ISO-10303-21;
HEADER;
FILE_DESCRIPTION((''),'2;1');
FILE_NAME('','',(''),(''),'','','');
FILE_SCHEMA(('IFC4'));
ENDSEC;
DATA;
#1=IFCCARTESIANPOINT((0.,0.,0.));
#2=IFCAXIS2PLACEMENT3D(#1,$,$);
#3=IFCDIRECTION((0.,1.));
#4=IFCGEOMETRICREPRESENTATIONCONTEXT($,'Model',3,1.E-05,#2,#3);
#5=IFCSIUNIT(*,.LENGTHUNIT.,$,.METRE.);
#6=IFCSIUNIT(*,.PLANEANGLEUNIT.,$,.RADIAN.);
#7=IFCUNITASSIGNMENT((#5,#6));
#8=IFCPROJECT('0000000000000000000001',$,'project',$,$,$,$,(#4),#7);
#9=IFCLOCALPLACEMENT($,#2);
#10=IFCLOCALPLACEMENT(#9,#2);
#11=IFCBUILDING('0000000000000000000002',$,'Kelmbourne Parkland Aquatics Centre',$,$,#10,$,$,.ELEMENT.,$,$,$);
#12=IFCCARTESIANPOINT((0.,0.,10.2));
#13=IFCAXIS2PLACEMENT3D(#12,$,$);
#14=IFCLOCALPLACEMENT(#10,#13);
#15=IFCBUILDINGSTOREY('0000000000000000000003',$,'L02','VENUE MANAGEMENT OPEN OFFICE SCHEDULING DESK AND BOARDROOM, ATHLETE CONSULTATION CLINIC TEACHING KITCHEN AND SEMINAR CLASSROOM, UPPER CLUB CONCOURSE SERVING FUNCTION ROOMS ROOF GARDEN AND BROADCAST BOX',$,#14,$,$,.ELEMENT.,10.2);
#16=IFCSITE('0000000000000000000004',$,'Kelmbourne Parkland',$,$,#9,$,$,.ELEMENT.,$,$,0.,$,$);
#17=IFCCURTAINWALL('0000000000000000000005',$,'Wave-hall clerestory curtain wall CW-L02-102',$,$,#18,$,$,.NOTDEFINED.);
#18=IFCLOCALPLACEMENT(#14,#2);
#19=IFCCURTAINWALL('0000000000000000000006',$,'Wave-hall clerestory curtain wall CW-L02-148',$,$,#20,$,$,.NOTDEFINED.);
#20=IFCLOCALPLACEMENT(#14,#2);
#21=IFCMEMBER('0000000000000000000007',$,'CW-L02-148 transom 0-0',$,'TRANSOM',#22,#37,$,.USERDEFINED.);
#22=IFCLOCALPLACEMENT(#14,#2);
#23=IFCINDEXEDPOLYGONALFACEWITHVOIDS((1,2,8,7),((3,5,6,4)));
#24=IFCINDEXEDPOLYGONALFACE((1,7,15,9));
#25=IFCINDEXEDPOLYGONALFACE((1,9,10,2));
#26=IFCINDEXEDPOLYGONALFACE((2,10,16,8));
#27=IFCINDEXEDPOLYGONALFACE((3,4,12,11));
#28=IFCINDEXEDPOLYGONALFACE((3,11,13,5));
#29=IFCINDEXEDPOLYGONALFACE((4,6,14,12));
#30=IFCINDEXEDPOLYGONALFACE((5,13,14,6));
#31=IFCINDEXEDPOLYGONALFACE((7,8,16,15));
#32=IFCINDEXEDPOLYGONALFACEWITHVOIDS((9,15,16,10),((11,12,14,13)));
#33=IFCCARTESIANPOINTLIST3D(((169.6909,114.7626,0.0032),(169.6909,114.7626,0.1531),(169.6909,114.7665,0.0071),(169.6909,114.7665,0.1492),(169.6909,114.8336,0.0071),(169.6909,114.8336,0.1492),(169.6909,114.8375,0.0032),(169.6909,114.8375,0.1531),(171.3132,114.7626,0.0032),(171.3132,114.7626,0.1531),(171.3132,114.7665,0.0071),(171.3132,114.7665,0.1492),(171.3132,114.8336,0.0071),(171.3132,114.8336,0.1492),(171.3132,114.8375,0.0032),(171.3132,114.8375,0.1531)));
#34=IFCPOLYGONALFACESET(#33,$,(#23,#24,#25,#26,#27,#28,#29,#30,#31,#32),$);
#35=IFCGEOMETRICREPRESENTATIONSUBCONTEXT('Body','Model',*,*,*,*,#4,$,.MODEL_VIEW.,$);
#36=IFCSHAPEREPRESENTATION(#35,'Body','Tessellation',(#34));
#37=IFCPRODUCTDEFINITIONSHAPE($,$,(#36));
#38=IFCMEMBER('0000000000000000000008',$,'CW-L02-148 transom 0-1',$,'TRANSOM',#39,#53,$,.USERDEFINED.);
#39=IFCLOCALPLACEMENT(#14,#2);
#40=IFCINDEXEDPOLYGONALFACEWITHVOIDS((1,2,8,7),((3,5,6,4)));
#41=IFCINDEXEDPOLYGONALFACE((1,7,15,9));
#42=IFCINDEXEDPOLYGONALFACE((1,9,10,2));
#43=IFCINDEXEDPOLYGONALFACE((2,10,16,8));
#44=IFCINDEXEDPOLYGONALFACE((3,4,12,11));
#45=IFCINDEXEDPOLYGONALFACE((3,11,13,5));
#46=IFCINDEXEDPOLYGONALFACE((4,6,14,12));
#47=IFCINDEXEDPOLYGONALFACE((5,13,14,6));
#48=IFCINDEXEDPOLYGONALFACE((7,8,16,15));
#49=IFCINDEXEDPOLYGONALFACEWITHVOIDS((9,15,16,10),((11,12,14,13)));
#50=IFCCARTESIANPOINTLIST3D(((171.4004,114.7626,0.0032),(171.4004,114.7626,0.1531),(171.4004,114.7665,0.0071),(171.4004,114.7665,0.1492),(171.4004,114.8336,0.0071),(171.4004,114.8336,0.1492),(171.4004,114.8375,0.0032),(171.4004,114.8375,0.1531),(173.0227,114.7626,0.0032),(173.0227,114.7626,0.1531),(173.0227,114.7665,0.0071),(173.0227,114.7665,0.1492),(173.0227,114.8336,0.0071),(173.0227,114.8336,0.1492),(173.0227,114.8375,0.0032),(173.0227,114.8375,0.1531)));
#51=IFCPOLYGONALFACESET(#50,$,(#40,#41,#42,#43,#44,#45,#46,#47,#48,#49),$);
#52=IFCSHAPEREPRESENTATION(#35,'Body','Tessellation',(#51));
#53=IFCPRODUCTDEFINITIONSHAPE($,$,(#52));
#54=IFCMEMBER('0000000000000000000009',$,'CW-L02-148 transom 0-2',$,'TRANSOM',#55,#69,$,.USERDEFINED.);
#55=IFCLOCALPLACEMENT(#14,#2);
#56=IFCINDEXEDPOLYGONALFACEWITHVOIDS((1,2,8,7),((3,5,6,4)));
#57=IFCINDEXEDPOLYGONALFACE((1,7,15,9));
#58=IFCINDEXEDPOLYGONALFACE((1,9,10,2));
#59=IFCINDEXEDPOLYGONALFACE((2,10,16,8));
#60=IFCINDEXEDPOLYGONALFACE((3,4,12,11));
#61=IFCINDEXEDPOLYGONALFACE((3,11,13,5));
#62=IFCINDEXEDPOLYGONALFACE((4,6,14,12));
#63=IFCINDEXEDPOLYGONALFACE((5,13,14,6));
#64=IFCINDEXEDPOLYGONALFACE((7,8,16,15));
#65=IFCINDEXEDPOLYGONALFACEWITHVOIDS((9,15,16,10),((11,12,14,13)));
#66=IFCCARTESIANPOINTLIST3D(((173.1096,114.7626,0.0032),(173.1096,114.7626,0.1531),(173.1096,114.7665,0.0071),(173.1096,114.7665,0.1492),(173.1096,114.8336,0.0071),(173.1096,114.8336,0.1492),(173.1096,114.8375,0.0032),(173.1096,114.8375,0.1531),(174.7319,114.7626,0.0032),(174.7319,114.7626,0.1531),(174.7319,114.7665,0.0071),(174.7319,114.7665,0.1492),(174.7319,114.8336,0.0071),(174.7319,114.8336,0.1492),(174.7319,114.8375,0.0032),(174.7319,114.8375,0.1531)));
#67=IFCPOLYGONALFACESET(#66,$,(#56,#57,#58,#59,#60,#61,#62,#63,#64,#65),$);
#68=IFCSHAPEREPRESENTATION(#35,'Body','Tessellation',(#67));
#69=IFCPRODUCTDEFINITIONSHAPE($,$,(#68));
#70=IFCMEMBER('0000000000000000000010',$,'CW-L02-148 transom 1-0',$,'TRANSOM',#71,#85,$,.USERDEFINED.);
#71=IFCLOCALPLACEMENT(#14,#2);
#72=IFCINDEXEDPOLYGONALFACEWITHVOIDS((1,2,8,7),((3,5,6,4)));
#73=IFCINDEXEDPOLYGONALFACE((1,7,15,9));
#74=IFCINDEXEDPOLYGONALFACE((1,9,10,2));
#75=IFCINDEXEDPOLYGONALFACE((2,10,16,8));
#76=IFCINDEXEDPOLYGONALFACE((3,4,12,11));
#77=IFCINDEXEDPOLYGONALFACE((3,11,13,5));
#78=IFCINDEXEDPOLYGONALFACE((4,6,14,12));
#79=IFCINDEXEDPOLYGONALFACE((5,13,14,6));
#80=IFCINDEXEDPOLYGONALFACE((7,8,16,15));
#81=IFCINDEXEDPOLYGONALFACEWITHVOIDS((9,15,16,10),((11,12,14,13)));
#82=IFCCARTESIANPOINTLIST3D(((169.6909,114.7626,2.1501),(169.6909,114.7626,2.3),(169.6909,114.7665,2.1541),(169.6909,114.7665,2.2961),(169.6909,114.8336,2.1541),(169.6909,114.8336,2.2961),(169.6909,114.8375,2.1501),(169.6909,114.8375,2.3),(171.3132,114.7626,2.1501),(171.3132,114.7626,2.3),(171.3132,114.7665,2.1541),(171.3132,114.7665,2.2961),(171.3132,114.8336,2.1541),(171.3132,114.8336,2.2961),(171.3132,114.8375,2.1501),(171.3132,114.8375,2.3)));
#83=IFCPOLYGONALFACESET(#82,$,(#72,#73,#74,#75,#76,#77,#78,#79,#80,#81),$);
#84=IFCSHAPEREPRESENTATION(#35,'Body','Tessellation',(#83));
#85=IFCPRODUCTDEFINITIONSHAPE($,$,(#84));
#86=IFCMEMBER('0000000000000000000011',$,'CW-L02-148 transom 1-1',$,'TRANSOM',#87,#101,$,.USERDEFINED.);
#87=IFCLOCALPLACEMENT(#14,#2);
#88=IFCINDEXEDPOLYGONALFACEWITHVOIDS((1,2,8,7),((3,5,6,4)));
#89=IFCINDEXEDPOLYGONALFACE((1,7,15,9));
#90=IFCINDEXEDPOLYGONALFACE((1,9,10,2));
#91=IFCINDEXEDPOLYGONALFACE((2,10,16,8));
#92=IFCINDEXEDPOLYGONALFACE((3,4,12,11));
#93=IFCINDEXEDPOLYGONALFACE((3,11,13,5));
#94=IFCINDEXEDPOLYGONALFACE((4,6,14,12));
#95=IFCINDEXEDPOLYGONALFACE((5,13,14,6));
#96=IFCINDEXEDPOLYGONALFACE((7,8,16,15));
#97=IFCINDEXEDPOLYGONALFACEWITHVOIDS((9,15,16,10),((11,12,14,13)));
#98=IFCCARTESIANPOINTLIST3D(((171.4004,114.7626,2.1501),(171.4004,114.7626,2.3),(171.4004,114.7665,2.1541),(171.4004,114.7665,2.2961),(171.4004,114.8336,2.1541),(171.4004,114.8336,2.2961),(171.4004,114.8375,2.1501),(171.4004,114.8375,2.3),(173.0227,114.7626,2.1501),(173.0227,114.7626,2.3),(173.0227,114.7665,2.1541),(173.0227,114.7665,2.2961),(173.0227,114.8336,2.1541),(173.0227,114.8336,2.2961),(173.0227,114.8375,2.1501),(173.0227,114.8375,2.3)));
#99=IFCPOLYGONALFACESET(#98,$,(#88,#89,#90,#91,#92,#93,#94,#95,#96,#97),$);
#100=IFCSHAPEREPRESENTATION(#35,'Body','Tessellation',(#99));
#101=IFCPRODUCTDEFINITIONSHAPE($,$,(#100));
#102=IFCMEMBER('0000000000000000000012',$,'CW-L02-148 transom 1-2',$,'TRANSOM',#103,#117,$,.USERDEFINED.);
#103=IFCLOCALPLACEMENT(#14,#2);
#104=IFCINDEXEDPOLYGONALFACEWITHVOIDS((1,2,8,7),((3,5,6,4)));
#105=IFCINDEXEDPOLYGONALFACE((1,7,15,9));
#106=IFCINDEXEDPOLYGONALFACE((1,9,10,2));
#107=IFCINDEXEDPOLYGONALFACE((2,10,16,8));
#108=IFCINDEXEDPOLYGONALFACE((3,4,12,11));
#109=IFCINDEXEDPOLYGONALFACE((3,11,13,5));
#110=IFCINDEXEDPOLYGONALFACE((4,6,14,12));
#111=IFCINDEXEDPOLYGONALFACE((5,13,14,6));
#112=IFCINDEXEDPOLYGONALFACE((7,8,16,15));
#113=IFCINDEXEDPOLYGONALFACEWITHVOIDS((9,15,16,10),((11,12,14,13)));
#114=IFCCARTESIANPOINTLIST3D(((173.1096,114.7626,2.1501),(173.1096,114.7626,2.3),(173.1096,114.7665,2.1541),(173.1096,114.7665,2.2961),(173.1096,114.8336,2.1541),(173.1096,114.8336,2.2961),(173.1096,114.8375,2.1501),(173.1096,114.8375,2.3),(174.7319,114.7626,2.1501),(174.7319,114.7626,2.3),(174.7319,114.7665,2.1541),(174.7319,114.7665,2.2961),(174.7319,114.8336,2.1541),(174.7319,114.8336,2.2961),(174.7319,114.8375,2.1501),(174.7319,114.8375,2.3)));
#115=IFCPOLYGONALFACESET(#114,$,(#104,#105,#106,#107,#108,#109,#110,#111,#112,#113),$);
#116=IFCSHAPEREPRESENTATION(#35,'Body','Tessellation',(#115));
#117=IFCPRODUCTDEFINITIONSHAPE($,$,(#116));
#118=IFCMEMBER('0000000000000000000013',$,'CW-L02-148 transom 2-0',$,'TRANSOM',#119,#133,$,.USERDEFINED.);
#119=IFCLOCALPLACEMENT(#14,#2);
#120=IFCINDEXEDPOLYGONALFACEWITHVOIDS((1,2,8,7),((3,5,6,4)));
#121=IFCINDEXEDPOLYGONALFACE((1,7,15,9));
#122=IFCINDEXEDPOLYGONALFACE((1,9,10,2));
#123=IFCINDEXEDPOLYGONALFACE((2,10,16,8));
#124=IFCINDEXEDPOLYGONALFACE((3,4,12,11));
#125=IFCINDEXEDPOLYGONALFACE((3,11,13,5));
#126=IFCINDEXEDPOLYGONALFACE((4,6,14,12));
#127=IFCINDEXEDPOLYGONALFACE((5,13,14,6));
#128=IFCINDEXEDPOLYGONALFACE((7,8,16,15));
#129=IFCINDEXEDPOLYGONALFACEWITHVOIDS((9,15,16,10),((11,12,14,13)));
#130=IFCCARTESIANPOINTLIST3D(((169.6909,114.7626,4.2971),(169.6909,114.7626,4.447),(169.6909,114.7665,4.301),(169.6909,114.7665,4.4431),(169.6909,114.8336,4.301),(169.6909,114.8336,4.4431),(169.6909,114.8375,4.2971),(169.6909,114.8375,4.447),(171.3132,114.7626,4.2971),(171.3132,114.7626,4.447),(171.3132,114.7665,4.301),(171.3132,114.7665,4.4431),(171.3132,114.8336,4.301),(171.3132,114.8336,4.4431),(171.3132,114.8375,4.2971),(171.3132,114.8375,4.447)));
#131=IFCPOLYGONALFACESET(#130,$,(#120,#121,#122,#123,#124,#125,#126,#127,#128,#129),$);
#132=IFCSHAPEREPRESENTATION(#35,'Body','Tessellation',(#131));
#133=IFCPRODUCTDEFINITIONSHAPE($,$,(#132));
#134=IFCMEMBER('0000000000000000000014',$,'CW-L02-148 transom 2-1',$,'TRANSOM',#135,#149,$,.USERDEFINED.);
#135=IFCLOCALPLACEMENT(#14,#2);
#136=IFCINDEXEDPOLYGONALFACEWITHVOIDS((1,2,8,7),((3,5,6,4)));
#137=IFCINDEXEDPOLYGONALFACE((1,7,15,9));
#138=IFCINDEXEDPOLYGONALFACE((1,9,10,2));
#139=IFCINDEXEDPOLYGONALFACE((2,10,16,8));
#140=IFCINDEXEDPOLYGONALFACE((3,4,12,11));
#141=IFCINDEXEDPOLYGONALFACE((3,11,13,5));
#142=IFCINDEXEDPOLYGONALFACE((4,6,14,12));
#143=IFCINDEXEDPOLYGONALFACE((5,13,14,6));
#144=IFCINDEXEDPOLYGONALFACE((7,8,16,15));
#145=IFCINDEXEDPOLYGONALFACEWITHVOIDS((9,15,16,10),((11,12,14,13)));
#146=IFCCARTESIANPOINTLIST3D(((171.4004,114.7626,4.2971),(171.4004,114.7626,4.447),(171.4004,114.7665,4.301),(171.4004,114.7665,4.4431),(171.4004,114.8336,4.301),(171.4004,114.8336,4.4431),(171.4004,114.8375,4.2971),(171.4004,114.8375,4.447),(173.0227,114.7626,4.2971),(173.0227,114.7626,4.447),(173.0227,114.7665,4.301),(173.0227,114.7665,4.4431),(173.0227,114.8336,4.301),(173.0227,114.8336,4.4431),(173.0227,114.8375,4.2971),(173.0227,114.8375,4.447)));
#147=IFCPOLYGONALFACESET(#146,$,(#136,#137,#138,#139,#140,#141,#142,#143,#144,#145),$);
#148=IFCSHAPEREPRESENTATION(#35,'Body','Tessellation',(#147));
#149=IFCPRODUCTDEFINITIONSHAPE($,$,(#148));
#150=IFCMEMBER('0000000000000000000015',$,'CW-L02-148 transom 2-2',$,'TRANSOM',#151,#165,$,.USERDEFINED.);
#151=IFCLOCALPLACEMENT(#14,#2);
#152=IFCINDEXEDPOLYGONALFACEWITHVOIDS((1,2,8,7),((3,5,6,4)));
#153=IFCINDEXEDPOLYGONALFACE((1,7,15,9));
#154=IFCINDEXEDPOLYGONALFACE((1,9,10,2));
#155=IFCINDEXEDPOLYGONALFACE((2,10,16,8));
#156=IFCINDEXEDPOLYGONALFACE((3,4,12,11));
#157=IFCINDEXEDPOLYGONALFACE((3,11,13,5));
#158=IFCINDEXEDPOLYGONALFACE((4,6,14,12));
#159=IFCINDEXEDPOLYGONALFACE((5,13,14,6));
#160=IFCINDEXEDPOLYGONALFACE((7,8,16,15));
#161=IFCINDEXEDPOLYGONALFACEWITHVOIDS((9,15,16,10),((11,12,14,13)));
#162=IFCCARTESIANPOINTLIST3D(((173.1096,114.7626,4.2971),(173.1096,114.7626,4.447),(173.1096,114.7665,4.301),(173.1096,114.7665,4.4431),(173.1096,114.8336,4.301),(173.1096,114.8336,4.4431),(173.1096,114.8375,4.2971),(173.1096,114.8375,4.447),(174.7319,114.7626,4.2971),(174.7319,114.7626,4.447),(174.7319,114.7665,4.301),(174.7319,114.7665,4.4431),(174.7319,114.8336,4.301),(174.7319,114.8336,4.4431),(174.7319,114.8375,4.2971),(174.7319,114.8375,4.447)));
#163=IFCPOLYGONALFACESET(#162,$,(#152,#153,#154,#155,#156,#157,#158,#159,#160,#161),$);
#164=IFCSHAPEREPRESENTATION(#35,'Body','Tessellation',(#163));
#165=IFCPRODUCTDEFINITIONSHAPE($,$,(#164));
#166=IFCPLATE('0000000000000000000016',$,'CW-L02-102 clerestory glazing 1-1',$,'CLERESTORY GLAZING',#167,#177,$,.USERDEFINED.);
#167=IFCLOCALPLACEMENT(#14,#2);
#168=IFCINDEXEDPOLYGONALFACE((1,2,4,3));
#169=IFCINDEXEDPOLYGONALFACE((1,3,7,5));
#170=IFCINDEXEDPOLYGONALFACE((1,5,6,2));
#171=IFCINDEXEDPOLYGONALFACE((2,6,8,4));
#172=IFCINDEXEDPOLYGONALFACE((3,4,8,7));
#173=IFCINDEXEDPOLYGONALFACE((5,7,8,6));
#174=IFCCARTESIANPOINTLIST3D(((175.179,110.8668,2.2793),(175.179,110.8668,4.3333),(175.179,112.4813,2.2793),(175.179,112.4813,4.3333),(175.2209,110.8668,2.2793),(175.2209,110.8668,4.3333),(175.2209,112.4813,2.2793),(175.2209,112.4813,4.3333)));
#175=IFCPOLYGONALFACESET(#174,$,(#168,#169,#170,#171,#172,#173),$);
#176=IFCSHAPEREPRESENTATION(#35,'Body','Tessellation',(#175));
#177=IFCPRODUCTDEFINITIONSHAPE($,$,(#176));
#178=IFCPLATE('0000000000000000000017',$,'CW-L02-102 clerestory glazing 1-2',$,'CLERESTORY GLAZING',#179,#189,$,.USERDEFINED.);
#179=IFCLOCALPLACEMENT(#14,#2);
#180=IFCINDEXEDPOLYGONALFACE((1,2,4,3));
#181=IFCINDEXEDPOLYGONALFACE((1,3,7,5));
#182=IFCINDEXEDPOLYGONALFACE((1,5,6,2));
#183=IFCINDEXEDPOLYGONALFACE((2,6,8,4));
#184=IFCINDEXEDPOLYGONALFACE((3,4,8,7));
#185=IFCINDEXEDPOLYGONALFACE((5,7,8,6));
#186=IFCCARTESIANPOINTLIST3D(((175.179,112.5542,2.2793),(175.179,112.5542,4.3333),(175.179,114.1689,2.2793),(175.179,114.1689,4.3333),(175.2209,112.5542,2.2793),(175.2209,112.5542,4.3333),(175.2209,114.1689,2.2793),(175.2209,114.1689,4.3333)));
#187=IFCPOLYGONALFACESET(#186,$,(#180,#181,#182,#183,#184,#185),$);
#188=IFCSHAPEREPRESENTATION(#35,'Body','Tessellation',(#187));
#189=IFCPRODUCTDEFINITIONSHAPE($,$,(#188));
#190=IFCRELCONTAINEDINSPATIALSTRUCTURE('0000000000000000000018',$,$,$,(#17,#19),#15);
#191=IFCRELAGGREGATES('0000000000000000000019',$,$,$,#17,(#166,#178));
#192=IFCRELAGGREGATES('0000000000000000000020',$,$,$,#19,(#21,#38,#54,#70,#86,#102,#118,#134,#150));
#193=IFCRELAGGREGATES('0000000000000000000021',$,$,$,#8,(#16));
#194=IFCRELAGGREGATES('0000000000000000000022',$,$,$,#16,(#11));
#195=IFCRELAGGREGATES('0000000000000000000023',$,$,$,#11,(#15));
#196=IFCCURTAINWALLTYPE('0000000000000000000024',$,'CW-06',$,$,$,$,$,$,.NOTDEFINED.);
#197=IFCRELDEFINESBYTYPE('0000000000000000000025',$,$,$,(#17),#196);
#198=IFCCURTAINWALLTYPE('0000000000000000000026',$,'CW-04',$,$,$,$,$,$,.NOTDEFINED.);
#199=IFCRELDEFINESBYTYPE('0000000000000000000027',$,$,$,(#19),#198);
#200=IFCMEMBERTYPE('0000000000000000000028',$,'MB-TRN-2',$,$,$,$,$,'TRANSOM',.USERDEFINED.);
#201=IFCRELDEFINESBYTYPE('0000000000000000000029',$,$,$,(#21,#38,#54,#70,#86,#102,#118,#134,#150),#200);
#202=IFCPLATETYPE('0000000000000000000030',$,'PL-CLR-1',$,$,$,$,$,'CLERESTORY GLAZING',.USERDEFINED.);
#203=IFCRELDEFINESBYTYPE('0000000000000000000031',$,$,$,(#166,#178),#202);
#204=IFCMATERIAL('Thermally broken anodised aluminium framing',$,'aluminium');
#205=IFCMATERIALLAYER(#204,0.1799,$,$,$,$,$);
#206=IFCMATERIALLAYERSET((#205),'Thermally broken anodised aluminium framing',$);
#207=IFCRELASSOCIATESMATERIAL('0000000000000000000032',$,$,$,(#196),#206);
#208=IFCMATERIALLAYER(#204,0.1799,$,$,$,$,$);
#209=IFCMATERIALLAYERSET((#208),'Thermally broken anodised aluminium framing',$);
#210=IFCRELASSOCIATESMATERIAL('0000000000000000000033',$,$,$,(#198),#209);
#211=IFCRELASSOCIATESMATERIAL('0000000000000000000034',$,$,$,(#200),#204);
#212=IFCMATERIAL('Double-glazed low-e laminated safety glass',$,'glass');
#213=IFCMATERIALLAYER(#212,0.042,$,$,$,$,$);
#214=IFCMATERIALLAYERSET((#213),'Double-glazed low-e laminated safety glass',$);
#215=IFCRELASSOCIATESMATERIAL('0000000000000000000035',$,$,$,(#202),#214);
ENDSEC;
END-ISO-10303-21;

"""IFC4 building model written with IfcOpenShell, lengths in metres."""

from ifc_helpers import new_model, si_unit, direction, frame, origin, origin_2d, place, context, subcontext, project, spatial, rectangle, hollow_rectangle, extrude, material, layer, layer_set, material_profile, profile_set, type_object, element, aggregate, save


model = new_model("IFC4")

# Units and contexts
model_context = context("Model", 3, precision=1e-05, world=origin(), true_north=direction((0.0, 1.0)))
body_context = subcontext(model_context, "Body", "Model", "MODEL_VIEW")
ifc_project = project(units=[si_unit("LENGTHUNIT", "METRE"), si_unit("PLANEANGLEUNIT", "RADIAN")], contexts=[model_context])

# Site, building, storey
site_placement = place(None, origin())
site = spatial("IfcSite", under=ifc_project, at=site_placement, Name="Kelmbourne Parkland", CompositionType="ELEMENT", RefElevation=0.0)
building_placement = place(site_placement, origin())
building = spatial("IfcBuilding", under=site, at=building_placement, Name="Kelmbourne Parkland Aquatics Centre", CompositionType="ELEMENT")
storey_placement = place(building_placement, frame((0.0, 0.0, 10.2)))
storey = spatial("IfcBuildingStorey", under=building, at=storey_placement, Name="L02", Description="VENUE MANAGEMENT OPEN OFFICE SCHEDULING DESK AND BOARDROOM, ATHLETE CONSULTATION CLINIC TEACHING KITCHEN AND SEMINAR CLASSROOM, UPPER CLUB CONCOURSE SERVING FUNCTION ROOMS ROOF GARDEN AND BROADCAST BOX", CompositionType="ELEMENT", Elevation=10.2)

# Curtain walls
ifc_material_1 = material(Name="Thermally broken anodised aluminium framing", Category="aluminium")
ifc_layer_1 = layer(ifc_material_1, 0.1799)
ifc_layer_set_1 = layer_set([ifc_layer_1], Name="Thermally broken anodised aluminium framing")
curtain_wall_type_1 = type_object("IfcCurtainWallType", Name="CW-06", PredefinedType="NOTDEFINED", material=ifc_layer_set_1)
curtain_wall_1_placement = place(storey_placement, origin())
curtain_wall_1 = element("IfcCurtainWall", 1, at=curtain_wall_1_placement, inside=storey, type_object=curtain_wall_type_1, Name="Wave-hall clerestory curtain wall CW-L02-102", PredefinedType="NOTDEFINED")
ifc_layer_2 = layer(ifc_material_1, 0.1799)
ifc_layer_set_2 = layer_set([ifc_layer_2], Name="Thermally broken anodised aluminium framing")
curtain_wall_type_2 = type_object("IfcCurtainWallType", Name="CW-04", PredefinedType="NOTDEFINED", material=ifc_layer_set_2)
curtain_wall_2_placement = place(storey_placement, origin())
curtain_wall_2 = element("IfcCurtainWall", 2, at=curtain_wall_2_placement, inside=storey, type_object=curtain_wall_type_2, Name="Wave-hall clerestory curtain wall CW-L02-148", PredefinedType="NOTDEFINED")

# Members
ifc_material_profile_1 = material_profile(ifc_material_1, hollow_rectangle(XDim=0.075, YDim=0.1499, WallThickness=0.0039, at=origin_2d()), Name="CW-T 75x150")
ifc_profile_set_1 = profile_set([ifc_material_profile_1], Name="Thermally broken anodised aluminium framing")
member_type_1 = type_object("IfcMemberType", Name="MB-TRN-2", ElementType="TRANSOM", PredefinedType="USERDEFINED", material=ifc_profile_set_1)
member_1_placement = place(storey_placement, frame((169.6909, 114.8, 0.0781), z_axis=(1.0, 0.0, 0.0), x_axis=(0.0, 1.0, 0.0)))
member_1 = element("IfcMember", 3, at=member_1_placement, type_object=member_type_1, Name="CW-L02-148 transom 0-0", ObjectType="TRANSOM", PredefinedType="USERDEFINED", context=body_context, shape_type="SweptSolid", body=[
    extrude(hollow_rectangle(XDim=0.075, YDim=0.1499, WallThickness=0.0039, at=origin_2d()), origin(), (0.0, 0.0, 1.0), 1.6223),
])
member_2_placement = place(storey_placement, frame((171.4004, 114.8, 0.0781), z_axis=(1.0, 0.0, 0.0), x_axis=(0.0, 1.0, 0.0)))
member_2 = element("IfcMember", 4, at=member_2_placement, type_object=member_type_1, Name="CW-L02-148 transom 0-1", ObjectType="TRANSOM", PredefinedType="USERDEFINED", context=body_context, shape_type="SweptSolid", body=[
    extrude(hollow_rectangle(XDim=0.075, YDim=0.1499, WallThickness=0.0039, at=origin_2d()), origin(), (0.0, 0.0, 1.0), 1.6223),
])
member_3_placement = place(storey_placement, frame((173.1096, 114.8, 0.0781), z_axis=(1.0, 0.0, 0.0), x_axis=(0.0, 1.0, 0.0)))
member_3 = element("IfcMember", 5, at=member_3_placement, type_object=member_type_1, Name="CW-L02-148 transom 0-2", ObjectType="TRANSOM", PredefinedType="USERDEFINED", context=body_context, shape_type="SweptSolid", body=[
    extrude(hollow_rectangle(XDim=0.075, YDim=0.1499, WallThickness=0.0039, at=origin_2d()), origin(), (0.0, 0.0, 1.0), 1.6223),
])
member_4_placement = place(storey_placement, frame((169.6909, 114.8, 2.2251), z_axis=(1.0, 0.0, 0.0), x_axis=(0.0, 1.0, 0.0)))
member_4 = element("IfcMember", 6, at=member_4_placement, type_object=member_type_1, Name="CW-L02-148 transom 1-0", ObjectType="TRANSOM", PredefinedType="USERDEFINED", context=body_context, shape_type="SweptSolid", body=[
    extrude(hollow_rectangle(XDim=0.075, YDim=0.1499, WallThickness=0.0039, at=origin_2d()), origin(), (0.0, 0.0, 1.0), 1.6223),
])
member_5_placement = place(storey_placement, frame((171.4004, 114.8, 2.2251), z_axis=(1.0, 0.0, 0.0), x_axis=(0.0, 1.0, 0.0)))
member_5 = element("IfcMember", 7, at=member_5_placement, type_object=member_type_1, Name="CW-L02-148 transom 1-1", ObjectType="TRANSOM", PredefinedType="USERDEFINED", context=body_context, shape_type="SweptSolid", body=[
    extrude(hollow_rectangle(XDim=0.075, YDim=0.1499, WallThickness=0.0039, at=origin_2d()), origin(), (0.0, 0.0, 1.0), 1.6223),
])
member_6_placement = place(storey_placement, frame((173.1096, 114.8, 2.2251), z_axis=(1.0, 0.0, 0.0), x_axis=(0.0, 1.0, 0.0)))
member_6 = element("IfcMember", 8, at=member_6_placement, type_object=member_type_1, Name="CW-L02-148 transom 1-2", ObjectType="TRANSOM", PredefinedType="USERDEFINED", context=body_context, shape_type="SweptSolid", body=[
    extrude(hollow_rectangle(XDim=0.075, YDim=0.1499, WallThickness=0.0039, at=origin_2d()), origin(), (0.0, 0.0, 1.0), 1.6223),
])
member_7_placement = place(storey_placement, frame((169.6909, 114.8, 4.3721), z_axis=(1.0, 0.0, 0.0), x_axis=(0.0, 1.0, 0.0)))
member_7 = element("IfcMember", 9, at=member_7_placement, type_object=member_type_1, Name="CW-L02-148 transom 2-0", ObjectType="TRANSOM", PredefinedType="USERDEFINED", context=body_context, shape_type="SweptSolid", body=[
    extrude(hollow_rectangle(XDim=0.075, YDim=0.1499, WallThickness=0.0039, at=origin_2d()), origin(), (0.0, 0.0, 1.0), 1.6223),
])
member_8_placement = place(storey_placement, frame((171.4004, 114.8, 4.3721), z_axis=(1.0, 0.0, 0.0), x_axis=(0.0, 1.0, 0.0)))
member_8 = element("IfcMember", 10, at=member_8_placement, type_object=member_type_1, Name="CW-L02-148 transom 2-1", ObjectType="TRANSOM", PredefinedType="USERDEFINED", context=body_context, shape_type="SweptSolid", body=[
    extrude(hollow_rectangle(XDim=0.075, YDim=0.1499, WallThickness=0.0039, at=origin_2d()), origin(), (0.0, 0.0, 1.0), 1.6223),
])
member_9_placement = place(storey_placement, frame((173.1096, 114.8, 4.3721), z_axis=(1.0, 0.0, 0.0), x_axis=(0.0, 1.0, 0.0)))
member_9 = element("IfcMember", 11, at=member_9_placement, type_object=member_type_1, Name="CW-L02-148 transom 2-2", ObjectType="TRANSOM", PredefinedType="USERDEFINED", context=body_context, shape_type="SweptSolid", body=[
    extrude(hollow_rectangle(XDim=0.075, YDim=0.1499, WallThickness=0.0039, at=origin_2d()), origin(), (0.0, 0.0, 1.0), 1.6223),
])

# Plates
ifc_material_2 = material(Name="Double-glazed low-e laminated safety glass", Category="glass")
ifc_layer_3 = layer(ifc_material_2, 0.042)
ifc_layer_set_3 = layer_set([ifc_layer_3], Name="Double-glazed low-e laminated safety glass")
plate_type_1 = type_object("IfcPlateType", Name="PL-CLR-1", ElementType="CLERESTORY GLAZING", PredefinedType="USERDEFINED", material=ifc_layer_set_3)
plate_1_placement = place(storey_placement, frame((175.2, 111.6741, 2.2793), z_axis=(0.0, 0.0, 1.0), x_axis=(0.0, 1.0, 0.0)))
plate_1 = element("IfcPlate", 12, at=plate_1_placement, type_object=plate_type_1, Name="CW-L02-102 clerestory glazing 1-1", ObjectType="CLERESTORY GLAZING", PredefinedType="USERDEFINED", context=body_context, shape_type="SweptSolid", body=[
    extrude(rectangle(XDim=1.6145, YDim=0.042, at=origin_2d()), origin(), (0.0, 0.0, 1.0), 2.054),
])
plate_2_placement = place(storey_placement, frame((175.2, 113.3616, 2.2793), z_axis=(0.0, 0.0, 1.0), x_axis=(0.0, 1.0, 0.0)))
plate_2 = element("IfcPlate", 13, at=plate_2_placement, type_object=plate_type_1, Name="CW-L02-102 clerestory glazing 1-2", ObjectType="CLERESTORY GLAZING", PredefinedType="USERDEFINED", context=body_context, shape_type="SweptSolid", body=[
    extrude(rectangle(XDim=1.6147, YDim=0.042, at=origin_2d()), origin(), (0.0, 0.0, 1.0), 2.054),
])
aggregate(curtain_wall_1, [plate_1, plate_2])
aggregate(curtain_wall_2, [member_1, member_2, member_3, member_4, member_5, member_6, member_7, member_8, member_9])

save(model, "model.ifc")
